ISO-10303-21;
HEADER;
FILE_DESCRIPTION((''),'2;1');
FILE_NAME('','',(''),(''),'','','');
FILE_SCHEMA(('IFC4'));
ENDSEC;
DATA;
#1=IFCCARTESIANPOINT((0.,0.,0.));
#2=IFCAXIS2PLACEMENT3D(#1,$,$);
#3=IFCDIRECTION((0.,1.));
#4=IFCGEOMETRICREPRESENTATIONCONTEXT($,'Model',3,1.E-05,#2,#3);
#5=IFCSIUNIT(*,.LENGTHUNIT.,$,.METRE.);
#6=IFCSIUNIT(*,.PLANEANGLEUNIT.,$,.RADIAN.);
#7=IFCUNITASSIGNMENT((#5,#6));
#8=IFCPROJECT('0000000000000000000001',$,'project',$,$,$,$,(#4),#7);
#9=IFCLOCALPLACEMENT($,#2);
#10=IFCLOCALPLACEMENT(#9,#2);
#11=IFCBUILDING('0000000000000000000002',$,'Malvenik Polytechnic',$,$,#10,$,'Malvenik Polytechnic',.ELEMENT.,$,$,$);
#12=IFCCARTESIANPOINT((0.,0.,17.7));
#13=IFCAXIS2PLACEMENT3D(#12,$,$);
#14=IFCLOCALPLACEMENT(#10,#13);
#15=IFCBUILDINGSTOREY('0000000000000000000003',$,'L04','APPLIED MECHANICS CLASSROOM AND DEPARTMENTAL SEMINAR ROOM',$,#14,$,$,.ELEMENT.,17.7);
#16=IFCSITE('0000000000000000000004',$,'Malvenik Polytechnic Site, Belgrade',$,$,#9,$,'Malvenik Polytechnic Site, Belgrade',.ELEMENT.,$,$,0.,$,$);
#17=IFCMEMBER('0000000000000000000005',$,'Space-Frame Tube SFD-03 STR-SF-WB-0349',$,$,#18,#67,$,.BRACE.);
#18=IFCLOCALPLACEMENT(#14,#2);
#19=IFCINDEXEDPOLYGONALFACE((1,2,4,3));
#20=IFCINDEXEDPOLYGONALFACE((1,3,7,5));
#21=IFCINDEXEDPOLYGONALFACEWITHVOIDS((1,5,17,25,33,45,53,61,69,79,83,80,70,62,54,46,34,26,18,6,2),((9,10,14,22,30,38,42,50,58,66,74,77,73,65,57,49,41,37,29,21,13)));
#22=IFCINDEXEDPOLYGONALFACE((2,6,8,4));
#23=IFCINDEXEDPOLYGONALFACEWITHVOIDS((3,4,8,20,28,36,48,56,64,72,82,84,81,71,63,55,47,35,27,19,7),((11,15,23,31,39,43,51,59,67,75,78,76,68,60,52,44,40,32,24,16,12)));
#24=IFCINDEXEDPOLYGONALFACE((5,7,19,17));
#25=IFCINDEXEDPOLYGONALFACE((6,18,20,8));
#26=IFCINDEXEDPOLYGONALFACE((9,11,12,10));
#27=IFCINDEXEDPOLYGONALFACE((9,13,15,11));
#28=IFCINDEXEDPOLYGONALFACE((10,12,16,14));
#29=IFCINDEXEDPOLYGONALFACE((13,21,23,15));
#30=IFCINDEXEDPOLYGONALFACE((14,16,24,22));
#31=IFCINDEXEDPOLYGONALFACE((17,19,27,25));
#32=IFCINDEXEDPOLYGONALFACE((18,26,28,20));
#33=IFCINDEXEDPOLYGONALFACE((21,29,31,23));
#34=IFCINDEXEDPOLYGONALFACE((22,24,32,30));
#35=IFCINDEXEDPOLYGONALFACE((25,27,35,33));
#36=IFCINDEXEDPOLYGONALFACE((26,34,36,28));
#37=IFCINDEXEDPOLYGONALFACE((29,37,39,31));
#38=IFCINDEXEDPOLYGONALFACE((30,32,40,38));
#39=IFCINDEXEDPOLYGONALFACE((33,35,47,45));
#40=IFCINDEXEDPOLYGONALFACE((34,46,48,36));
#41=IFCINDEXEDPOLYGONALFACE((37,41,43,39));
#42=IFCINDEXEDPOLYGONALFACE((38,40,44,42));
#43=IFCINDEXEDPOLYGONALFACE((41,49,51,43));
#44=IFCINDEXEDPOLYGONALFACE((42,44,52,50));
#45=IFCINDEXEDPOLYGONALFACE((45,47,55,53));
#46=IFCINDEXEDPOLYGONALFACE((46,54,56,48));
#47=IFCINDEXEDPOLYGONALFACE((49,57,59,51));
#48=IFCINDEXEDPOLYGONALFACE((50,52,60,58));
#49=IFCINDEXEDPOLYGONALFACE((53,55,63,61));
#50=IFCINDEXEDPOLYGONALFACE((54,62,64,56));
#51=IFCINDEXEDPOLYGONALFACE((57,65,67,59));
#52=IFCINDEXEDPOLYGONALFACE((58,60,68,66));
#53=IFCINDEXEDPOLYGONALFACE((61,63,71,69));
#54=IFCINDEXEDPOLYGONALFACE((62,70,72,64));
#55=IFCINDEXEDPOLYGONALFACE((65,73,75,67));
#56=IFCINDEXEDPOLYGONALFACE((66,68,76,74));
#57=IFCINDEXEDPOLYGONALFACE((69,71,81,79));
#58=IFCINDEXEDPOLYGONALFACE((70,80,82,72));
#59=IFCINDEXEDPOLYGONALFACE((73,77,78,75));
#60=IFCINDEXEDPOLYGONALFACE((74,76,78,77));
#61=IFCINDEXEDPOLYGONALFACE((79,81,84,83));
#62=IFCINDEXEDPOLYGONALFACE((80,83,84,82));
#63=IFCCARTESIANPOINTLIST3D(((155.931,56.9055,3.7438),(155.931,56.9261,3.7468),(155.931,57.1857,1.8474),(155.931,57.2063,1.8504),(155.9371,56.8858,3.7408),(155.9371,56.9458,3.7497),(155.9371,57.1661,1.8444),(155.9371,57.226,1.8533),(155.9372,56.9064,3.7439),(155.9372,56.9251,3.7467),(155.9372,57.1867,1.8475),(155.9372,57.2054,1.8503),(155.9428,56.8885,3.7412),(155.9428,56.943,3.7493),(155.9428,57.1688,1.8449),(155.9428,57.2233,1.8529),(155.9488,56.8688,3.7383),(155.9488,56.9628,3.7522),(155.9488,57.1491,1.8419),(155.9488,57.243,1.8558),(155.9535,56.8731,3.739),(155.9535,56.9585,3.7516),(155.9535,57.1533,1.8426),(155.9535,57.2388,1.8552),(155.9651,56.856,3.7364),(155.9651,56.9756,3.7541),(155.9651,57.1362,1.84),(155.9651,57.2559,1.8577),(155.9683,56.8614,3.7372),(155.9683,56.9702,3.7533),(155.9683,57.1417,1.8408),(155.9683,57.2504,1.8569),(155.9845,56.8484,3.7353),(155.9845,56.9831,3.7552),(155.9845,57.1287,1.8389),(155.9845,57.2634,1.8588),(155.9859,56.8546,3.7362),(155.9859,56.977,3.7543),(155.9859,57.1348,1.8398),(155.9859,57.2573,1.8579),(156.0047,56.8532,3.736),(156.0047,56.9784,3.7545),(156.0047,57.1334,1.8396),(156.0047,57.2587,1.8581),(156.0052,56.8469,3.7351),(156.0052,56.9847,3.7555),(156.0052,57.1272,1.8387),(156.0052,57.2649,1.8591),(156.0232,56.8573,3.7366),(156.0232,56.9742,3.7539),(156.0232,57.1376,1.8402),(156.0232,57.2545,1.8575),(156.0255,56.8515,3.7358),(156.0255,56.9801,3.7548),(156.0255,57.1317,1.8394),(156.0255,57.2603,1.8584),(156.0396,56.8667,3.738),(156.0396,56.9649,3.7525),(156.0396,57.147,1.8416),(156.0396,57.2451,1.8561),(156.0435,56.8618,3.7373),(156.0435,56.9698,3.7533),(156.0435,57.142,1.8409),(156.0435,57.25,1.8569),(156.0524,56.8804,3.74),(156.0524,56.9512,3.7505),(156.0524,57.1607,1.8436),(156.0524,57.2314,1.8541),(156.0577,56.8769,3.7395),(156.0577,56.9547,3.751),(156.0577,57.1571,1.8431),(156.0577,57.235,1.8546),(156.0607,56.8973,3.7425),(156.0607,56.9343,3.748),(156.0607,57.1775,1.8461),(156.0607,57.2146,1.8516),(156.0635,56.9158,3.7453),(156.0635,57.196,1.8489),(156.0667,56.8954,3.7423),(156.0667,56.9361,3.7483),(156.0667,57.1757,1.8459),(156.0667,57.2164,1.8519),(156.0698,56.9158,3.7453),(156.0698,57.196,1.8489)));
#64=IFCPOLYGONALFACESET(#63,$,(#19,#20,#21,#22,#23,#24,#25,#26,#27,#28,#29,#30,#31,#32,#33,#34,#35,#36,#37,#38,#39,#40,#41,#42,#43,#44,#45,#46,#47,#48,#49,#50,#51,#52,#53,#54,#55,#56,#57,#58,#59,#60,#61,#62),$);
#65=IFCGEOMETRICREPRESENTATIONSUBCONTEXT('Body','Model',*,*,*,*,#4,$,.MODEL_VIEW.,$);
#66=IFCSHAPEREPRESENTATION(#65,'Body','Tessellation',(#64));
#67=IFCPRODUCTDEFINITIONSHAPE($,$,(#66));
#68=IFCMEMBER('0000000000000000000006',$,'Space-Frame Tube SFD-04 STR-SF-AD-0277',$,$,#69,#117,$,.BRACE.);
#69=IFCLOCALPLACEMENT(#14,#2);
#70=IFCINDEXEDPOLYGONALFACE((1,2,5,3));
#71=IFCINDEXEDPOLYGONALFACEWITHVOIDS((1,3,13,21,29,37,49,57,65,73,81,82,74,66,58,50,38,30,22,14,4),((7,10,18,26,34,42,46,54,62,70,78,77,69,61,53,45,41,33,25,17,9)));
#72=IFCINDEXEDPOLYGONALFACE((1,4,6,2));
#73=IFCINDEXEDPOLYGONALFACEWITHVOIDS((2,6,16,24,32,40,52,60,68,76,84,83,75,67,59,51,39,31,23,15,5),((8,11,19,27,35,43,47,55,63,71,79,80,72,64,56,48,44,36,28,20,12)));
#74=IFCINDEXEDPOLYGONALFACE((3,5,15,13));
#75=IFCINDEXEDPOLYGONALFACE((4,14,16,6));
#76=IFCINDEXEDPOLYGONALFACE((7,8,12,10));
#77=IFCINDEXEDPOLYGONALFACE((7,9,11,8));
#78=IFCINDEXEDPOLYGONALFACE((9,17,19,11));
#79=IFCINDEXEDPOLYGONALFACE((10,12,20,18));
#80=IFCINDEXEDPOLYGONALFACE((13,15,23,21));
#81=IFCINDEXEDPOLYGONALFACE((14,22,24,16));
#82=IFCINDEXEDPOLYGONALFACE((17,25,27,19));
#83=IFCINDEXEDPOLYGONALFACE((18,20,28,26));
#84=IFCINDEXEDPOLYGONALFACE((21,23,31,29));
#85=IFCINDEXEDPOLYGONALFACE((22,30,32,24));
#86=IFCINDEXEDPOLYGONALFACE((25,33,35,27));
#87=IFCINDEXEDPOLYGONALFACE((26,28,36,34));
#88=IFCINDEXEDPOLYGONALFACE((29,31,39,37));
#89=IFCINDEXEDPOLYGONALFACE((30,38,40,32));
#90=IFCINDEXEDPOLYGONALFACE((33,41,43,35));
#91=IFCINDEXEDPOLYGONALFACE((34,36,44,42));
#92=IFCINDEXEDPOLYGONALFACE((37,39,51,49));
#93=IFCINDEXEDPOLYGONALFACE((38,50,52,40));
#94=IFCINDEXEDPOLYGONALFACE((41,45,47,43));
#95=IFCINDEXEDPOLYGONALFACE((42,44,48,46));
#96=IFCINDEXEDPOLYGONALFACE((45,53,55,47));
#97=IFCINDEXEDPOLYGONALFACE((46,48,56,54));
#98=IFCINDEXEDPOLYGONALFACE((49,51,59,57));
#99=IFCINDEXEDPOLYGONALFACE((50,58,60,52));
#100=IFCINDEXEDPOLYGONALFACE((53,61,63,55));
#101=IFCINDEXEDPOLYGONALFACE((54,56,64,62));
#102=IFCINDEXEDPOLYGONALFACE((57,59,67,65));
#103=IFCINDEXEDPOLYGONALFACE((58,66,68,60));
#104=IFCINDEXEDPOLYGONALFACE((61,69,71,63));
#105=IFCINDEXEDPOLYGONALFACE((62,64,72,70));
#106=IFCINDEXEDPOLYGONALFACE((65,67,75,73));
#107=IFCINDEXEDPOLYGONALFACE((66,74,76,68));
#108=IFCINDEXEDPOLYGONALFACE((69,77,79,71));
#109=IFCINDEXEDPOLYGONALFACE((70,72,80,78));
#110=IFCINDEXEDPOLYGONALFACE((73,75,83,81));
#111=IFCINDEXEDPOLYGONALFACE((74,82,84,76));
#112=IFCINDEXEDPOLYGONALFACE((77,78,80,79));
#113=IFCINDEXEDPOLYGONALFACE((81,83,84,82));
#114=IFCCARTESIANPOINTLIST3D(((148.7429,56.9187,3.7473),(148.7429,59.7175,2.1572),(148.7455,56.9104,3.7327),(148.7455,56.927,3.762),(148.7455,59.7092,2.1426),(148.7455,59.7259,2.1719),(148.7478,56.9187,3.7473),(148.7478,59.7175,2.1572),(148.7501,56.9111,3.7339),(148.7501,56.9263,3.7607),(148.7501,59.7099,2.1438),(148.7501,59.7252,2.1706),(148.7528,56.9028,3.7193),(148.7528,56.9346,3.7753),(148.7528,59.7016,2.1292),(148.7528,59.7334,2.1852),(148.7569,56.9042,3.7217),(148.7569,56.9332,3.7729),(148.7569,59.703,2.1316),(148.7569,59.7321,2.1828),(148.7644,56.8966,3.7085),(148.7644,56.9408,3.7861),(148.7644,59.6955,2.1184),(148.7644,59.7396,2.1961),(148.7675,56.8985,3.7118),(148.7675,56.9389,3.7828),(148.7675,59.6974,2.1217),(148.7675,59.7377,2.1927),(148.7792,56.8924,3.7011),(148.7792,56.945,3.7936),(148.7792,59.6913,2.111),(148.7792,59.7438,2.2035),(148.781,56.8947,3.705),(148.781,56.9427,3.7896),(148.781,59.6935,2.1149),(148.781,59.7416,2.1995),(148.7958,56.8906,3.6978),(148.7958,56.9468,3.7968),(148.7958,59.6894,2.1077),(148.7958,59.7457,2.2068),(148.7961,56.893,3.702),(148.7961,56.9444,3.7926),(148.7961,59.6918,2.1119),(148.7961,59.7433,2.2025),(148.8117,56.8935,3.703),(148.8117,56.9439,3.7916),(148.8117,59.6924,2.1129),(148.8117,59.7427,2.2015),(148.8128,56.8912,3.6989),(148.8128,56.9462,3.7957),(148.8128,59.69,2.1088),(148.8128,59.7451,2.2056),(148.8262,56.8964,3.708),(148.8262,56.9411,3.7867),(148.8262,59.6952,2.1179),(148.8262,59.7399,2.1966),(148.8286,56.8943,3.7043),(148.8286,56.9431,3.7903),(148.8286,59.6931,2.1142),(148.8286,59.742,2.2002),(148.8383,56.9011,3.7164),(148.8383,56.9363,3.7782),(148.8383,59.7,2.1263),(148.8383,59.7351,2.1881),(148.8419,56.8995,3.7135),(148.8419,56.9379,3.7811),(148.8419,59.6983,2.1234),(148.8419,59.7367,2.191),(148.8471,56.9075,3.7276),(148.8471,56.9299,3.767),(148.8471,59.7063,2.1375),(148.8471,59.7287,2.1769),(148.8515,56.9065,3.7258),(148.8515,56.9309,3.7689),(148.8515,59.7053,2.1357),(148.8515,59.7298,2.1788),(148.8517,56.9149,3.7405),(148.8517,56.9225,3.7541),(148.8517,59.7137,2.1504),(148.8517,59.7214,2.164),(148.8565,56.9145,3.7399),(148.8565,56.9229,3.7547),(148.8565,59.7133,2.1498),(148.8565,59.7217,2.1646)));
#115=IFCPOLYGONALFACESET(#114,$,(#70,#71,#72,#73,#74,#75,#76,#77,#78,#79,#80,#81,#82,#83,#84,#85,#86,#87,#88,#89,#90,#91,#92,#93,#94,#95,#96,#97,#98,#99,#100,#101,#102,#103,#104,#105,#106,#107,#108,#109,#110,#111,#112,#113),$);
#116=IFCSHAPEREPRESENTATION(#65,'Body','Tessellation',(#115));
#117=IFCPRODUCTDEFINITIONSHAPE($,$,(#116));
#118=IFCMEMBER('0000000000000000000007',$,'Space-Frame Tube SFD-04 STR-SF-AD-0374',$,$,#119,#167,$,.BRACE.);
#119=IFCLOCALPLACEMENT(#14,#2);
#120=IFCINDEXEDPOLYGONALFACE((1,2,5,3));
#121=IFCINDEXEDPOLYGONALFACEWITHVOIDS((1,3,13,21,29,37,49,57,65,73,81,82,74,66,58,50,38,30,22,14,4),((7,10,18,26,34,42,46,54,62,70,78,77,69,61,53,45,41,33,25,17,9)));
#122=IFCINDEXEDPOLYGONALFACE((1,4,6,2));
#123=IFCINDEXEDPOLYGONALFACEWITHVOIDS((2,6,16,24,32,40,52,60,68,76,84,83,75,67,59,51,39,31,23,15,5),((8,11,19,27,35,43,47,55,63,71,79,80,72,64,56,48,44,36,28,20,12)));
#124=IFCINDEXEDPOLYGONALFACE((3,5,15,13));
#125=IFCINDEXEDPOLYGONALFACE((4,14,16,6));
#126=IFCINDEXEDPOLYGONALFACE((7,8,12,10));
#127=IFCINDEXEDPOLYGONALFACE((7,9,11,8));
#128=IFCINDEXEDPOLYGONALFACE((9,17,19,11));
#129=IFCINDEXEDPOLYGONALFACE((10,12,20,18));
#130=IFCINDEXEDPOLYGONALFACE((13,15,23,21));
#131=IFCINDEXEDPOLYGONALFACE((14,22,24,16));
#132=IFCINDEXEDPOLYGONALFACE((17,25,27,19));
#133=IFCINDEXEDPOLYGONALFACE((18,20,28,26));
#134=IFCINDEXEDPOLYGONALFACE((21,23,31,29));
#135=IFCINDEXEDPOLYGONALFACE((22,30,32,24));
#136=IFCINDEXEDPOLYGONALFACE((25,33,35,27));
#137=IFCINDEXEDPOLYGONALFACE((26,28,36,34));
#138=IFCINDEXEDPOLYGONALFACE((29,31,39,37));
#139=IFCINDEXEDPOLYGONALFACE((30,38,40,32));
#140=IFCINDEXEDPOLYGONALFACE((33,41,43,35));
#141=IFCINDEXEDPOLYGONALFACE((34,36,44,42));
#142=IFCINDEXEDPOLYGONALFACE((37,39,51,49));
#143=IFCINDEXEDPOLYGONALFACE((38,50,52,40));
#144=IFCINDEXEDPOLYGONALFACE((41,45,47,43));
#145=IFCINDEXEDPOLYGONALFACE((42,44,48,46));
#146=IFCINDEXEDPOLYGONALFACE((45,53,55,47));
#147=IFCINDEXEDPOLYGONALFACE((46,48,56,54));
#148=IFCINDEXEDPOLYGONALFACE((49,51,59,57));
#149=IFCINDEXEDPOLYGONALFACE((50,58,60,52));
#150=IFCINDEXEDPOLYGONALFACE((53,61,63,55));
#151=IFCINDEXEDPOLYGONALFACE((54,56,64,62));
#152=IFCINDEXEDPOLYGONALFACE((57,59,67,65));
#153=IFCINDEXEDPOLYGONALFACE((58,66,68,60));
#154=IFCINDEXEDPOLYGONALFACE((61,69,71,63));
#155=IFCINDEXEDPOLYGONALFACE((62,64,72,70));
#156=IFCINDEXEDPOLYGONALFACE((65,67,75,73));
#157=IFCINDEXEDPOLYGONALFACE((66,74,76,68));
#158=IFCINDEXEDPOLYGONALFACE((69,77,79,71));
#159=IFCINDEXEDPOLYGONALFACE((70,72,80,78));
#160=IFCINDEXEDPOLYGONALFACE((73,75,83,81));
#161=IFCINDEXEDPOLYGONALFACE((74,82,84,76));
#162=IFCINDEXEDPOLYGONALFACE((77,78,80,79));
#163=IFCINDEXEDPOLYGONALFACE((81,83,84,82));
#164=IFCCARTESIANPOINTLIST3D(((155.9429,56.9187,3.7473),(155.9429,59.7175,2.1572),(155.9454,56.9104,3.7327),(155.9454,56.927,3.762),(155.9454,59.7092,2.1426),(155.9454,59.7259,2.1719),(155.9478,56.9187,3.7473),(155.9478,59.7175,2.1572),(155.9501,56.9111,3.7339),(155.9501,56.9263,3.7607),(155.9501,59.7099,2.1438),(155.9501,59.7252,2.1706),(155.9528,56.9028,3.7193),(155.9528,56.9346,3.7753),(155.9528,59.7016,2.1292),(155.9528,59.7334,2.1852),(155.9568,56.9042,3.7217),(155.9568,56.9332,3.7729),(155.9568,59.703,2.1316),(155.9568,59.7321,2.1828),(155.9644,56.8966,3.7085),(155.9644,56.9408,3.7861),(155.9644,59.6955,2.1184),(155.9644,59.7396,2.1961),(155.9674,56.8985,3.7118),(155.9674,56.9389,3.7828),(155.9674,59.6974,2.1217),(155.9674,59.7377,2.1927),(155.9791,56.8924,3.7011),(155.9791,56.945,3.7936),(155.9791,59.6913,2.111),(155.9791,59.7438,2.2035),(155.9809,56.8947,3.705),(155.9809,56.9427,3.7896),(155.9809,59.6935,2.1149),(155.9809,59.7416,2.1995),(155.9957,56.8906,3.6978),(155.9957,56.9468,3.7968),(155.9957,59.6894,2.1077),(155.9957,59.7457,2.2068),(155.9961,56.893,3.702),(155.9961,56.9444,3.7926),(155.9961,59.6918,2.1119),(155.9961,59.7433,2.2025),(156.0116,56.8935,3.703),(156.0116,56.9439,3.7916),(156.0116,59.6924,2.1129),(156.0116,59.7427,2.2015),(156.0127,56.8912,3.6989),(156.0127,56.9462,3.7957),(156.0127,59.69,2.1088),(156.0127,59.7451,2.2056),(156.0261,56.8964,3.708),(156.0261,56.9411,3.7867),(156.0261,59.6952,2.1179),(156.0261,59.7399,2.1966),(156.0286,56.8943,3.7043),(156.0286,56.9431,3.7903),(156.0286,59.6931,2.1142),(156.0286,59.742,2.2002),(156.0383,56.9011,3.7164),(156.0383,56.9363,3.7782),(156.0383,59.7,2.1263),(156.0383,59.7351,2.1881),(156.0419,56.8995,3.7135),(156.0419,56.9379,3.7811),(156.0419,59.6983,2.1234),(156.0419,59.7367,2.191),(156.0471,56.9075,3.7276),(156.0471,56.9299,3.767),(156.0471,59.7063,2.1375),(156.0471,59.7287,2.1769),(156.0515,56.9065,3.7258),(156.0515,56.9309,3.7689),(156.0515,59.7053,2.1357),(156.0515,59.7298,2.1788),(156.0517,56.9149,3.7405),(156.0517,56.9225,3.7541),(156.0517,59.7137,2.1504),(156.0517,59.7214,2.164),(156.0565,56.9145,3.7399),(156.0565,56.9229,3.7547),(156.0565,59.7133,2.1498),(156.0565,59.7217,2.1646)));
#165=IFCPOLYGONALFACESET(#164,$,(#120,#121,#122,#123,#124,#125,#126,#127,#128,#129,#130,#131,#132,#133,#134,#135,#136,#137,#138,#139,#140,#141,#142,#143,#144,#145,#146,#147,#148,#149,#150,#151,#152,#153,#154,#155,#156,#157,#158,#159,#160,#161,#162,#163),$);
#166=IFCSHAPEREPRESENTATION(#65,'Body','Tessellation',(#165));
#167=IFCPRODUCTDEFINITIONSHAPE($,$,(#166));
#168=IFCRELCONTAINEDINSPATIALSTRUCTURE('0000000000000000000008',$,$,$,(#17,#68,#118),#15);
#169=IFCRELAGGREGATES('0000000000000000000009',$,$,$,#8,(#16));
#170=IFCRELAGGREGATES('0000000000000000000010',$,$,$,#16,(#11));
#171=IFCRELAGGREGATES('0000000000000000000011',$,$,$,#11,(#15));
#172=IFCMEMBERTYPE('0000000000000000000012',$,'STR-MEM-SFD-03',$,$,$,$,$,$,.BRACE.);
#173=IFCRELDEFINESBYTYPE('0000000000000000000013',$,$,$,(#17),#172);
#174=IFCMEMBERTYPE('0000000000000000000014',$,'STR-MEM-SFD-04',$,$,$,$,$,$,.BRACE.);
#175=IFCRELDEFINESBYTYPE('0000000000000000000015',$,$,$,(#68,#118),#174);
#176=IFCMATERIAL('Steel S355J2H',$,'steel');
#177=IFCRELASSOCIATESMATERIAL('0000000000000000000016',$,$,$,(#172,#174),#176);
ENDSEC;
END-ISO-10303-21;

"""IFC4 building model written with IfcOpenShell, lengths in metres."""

from ifc_helpers import new_model, si_unit, direction, frame, origin, origin_2d, place, context, subcontext, project, spatial, hollow_circle, extrude, material, material_profile, profile_set, type_object, element, save


model = new_model("IFC4")

# Units and contexts
model_context = context("Model", 3, precision=1e-05, world=origin(), true_north=direction((0.0, 1.0)))
body_context = subcontext(model_context, "Body", "Model", "MODEL_VIEW")
ifc_project = project(units=[si_unit("LENGTHUNIT", "METRE"), si_unit("PLANEANGLEUNIT", "RADIAN")], contexts=[model_context])

# Site, building, storey
site_placement = place(None, origin())
site = spatial("IfcSite", under=ifc_project, at=site_placement, Name="Malvenik Polytechnic Site, Belgrade", LongName="Malvenik Polytechnic Site, Belgrade", CompositionType="ELEMENT", RefElevation=0.0)
building_placement = place(site_placement, origin())
building = spatial("IfcBuilding", under=site, at=building_placement, Name="Malvenik Polytechnic", LongName="Malvenik Polytechnic", CompositionType="ELEMENT")
storey_placement = place(building_placement, frame((0.0, 0.0, 17.7)))
storey = spatial("IfcBuildingStorey", under=building, at=storey_placement, Name="L04", Description="APPLIED MECHANICS CLASSROOM AND DEPARTMENTAL SEMINAR ROOM", CompositionType="ELEMENT", Elevation=17.7)

# Members
ifc_material_1 = material(Name="Steel S355J2H", Category="steel")
ifc_material_profile_1 = material_profile(ifc_material_1, hollow_circle(Radius=0.0698, WallThickness=0.0063, at=origin_2d()), Name="CHS 139.7x6.3")
ifc_profile_set_1 = profile_set([ifc_material_profile_1], Name="Steel S355J2H")
member_type_1 = type_object("IfcMemberType", Name="STR-MEM-SFD-03", PredefinedType="BRACE", material=ifc_profile_set_1)
member_1_placement = place(storey_placement, frame((156.0, 57.196, 1.8489), z_axis=(0.0, -0.146198, 0.989255), x_axis=(1.0, 0.0, 0.0)))
element("IfcMember", 1, at=member_1_placement, inside=storey, type_object=member_type_1, Name="Space-Frame Tube SFD-03 STR-SF-WB-0349", PredefinedType="BRACE", context=body_context, shape_type="SweptSolid", body=[
    extrude(hollow_circle(Radius=0.0698, WallThickness=0.0063, at=origin_2d()), origin(), (0.0, 0.0, 1.0), 1.917),
])
ifc_material_profile_2 = material_profile(ifc_material_1, hollow_circle(Radius=0.0571, WallThickness=0.0049, at=origin_2d()), Name="CHS 114.3x5.0")
ifc_profile_set_2 = profile_set([ifc_material_profile_2], Name="Steel S355J2H")
member_type_2 = type_object("IfcMemberType", Name="STR-MEM-SFD-04", PredefinedType="BRACE", material=ifc_profile_set_2)
for number, where, z_axis, x_axis, name in (
    (2, (148.8, 56.9187, 3.7473), (0.0, 0.869477, -0.493973), (-1.0, 0.0, 0.0), "Space-Frame Tube SFD-04 STR-SF-AD-0277"),
    (3, (156.0, 56.9187, 3.7473), (0.0, 0.869477, -0.493973), (-1.0, 0.0, 0.0), "Space-Frame Tube SFD-04 STR-SF-AD-0374"),
):
    element("IfcMember", number, at=place(storey_placement, frame(where, z_axis=z_axis, x_axis=x_axis)), inside=storey, type_object=member_type_2, Name=name, PredefinedType="BRACE", context=body_context, shape_type="SweptSolid", body=[
        extrude(hollow_circle(Radius=0.0571, WallThickness=0.0049, at=origin_2d()), origin(), (0.0, 0.0, 1.0), 3.219),
    ])

save(model, "model.ifc")
